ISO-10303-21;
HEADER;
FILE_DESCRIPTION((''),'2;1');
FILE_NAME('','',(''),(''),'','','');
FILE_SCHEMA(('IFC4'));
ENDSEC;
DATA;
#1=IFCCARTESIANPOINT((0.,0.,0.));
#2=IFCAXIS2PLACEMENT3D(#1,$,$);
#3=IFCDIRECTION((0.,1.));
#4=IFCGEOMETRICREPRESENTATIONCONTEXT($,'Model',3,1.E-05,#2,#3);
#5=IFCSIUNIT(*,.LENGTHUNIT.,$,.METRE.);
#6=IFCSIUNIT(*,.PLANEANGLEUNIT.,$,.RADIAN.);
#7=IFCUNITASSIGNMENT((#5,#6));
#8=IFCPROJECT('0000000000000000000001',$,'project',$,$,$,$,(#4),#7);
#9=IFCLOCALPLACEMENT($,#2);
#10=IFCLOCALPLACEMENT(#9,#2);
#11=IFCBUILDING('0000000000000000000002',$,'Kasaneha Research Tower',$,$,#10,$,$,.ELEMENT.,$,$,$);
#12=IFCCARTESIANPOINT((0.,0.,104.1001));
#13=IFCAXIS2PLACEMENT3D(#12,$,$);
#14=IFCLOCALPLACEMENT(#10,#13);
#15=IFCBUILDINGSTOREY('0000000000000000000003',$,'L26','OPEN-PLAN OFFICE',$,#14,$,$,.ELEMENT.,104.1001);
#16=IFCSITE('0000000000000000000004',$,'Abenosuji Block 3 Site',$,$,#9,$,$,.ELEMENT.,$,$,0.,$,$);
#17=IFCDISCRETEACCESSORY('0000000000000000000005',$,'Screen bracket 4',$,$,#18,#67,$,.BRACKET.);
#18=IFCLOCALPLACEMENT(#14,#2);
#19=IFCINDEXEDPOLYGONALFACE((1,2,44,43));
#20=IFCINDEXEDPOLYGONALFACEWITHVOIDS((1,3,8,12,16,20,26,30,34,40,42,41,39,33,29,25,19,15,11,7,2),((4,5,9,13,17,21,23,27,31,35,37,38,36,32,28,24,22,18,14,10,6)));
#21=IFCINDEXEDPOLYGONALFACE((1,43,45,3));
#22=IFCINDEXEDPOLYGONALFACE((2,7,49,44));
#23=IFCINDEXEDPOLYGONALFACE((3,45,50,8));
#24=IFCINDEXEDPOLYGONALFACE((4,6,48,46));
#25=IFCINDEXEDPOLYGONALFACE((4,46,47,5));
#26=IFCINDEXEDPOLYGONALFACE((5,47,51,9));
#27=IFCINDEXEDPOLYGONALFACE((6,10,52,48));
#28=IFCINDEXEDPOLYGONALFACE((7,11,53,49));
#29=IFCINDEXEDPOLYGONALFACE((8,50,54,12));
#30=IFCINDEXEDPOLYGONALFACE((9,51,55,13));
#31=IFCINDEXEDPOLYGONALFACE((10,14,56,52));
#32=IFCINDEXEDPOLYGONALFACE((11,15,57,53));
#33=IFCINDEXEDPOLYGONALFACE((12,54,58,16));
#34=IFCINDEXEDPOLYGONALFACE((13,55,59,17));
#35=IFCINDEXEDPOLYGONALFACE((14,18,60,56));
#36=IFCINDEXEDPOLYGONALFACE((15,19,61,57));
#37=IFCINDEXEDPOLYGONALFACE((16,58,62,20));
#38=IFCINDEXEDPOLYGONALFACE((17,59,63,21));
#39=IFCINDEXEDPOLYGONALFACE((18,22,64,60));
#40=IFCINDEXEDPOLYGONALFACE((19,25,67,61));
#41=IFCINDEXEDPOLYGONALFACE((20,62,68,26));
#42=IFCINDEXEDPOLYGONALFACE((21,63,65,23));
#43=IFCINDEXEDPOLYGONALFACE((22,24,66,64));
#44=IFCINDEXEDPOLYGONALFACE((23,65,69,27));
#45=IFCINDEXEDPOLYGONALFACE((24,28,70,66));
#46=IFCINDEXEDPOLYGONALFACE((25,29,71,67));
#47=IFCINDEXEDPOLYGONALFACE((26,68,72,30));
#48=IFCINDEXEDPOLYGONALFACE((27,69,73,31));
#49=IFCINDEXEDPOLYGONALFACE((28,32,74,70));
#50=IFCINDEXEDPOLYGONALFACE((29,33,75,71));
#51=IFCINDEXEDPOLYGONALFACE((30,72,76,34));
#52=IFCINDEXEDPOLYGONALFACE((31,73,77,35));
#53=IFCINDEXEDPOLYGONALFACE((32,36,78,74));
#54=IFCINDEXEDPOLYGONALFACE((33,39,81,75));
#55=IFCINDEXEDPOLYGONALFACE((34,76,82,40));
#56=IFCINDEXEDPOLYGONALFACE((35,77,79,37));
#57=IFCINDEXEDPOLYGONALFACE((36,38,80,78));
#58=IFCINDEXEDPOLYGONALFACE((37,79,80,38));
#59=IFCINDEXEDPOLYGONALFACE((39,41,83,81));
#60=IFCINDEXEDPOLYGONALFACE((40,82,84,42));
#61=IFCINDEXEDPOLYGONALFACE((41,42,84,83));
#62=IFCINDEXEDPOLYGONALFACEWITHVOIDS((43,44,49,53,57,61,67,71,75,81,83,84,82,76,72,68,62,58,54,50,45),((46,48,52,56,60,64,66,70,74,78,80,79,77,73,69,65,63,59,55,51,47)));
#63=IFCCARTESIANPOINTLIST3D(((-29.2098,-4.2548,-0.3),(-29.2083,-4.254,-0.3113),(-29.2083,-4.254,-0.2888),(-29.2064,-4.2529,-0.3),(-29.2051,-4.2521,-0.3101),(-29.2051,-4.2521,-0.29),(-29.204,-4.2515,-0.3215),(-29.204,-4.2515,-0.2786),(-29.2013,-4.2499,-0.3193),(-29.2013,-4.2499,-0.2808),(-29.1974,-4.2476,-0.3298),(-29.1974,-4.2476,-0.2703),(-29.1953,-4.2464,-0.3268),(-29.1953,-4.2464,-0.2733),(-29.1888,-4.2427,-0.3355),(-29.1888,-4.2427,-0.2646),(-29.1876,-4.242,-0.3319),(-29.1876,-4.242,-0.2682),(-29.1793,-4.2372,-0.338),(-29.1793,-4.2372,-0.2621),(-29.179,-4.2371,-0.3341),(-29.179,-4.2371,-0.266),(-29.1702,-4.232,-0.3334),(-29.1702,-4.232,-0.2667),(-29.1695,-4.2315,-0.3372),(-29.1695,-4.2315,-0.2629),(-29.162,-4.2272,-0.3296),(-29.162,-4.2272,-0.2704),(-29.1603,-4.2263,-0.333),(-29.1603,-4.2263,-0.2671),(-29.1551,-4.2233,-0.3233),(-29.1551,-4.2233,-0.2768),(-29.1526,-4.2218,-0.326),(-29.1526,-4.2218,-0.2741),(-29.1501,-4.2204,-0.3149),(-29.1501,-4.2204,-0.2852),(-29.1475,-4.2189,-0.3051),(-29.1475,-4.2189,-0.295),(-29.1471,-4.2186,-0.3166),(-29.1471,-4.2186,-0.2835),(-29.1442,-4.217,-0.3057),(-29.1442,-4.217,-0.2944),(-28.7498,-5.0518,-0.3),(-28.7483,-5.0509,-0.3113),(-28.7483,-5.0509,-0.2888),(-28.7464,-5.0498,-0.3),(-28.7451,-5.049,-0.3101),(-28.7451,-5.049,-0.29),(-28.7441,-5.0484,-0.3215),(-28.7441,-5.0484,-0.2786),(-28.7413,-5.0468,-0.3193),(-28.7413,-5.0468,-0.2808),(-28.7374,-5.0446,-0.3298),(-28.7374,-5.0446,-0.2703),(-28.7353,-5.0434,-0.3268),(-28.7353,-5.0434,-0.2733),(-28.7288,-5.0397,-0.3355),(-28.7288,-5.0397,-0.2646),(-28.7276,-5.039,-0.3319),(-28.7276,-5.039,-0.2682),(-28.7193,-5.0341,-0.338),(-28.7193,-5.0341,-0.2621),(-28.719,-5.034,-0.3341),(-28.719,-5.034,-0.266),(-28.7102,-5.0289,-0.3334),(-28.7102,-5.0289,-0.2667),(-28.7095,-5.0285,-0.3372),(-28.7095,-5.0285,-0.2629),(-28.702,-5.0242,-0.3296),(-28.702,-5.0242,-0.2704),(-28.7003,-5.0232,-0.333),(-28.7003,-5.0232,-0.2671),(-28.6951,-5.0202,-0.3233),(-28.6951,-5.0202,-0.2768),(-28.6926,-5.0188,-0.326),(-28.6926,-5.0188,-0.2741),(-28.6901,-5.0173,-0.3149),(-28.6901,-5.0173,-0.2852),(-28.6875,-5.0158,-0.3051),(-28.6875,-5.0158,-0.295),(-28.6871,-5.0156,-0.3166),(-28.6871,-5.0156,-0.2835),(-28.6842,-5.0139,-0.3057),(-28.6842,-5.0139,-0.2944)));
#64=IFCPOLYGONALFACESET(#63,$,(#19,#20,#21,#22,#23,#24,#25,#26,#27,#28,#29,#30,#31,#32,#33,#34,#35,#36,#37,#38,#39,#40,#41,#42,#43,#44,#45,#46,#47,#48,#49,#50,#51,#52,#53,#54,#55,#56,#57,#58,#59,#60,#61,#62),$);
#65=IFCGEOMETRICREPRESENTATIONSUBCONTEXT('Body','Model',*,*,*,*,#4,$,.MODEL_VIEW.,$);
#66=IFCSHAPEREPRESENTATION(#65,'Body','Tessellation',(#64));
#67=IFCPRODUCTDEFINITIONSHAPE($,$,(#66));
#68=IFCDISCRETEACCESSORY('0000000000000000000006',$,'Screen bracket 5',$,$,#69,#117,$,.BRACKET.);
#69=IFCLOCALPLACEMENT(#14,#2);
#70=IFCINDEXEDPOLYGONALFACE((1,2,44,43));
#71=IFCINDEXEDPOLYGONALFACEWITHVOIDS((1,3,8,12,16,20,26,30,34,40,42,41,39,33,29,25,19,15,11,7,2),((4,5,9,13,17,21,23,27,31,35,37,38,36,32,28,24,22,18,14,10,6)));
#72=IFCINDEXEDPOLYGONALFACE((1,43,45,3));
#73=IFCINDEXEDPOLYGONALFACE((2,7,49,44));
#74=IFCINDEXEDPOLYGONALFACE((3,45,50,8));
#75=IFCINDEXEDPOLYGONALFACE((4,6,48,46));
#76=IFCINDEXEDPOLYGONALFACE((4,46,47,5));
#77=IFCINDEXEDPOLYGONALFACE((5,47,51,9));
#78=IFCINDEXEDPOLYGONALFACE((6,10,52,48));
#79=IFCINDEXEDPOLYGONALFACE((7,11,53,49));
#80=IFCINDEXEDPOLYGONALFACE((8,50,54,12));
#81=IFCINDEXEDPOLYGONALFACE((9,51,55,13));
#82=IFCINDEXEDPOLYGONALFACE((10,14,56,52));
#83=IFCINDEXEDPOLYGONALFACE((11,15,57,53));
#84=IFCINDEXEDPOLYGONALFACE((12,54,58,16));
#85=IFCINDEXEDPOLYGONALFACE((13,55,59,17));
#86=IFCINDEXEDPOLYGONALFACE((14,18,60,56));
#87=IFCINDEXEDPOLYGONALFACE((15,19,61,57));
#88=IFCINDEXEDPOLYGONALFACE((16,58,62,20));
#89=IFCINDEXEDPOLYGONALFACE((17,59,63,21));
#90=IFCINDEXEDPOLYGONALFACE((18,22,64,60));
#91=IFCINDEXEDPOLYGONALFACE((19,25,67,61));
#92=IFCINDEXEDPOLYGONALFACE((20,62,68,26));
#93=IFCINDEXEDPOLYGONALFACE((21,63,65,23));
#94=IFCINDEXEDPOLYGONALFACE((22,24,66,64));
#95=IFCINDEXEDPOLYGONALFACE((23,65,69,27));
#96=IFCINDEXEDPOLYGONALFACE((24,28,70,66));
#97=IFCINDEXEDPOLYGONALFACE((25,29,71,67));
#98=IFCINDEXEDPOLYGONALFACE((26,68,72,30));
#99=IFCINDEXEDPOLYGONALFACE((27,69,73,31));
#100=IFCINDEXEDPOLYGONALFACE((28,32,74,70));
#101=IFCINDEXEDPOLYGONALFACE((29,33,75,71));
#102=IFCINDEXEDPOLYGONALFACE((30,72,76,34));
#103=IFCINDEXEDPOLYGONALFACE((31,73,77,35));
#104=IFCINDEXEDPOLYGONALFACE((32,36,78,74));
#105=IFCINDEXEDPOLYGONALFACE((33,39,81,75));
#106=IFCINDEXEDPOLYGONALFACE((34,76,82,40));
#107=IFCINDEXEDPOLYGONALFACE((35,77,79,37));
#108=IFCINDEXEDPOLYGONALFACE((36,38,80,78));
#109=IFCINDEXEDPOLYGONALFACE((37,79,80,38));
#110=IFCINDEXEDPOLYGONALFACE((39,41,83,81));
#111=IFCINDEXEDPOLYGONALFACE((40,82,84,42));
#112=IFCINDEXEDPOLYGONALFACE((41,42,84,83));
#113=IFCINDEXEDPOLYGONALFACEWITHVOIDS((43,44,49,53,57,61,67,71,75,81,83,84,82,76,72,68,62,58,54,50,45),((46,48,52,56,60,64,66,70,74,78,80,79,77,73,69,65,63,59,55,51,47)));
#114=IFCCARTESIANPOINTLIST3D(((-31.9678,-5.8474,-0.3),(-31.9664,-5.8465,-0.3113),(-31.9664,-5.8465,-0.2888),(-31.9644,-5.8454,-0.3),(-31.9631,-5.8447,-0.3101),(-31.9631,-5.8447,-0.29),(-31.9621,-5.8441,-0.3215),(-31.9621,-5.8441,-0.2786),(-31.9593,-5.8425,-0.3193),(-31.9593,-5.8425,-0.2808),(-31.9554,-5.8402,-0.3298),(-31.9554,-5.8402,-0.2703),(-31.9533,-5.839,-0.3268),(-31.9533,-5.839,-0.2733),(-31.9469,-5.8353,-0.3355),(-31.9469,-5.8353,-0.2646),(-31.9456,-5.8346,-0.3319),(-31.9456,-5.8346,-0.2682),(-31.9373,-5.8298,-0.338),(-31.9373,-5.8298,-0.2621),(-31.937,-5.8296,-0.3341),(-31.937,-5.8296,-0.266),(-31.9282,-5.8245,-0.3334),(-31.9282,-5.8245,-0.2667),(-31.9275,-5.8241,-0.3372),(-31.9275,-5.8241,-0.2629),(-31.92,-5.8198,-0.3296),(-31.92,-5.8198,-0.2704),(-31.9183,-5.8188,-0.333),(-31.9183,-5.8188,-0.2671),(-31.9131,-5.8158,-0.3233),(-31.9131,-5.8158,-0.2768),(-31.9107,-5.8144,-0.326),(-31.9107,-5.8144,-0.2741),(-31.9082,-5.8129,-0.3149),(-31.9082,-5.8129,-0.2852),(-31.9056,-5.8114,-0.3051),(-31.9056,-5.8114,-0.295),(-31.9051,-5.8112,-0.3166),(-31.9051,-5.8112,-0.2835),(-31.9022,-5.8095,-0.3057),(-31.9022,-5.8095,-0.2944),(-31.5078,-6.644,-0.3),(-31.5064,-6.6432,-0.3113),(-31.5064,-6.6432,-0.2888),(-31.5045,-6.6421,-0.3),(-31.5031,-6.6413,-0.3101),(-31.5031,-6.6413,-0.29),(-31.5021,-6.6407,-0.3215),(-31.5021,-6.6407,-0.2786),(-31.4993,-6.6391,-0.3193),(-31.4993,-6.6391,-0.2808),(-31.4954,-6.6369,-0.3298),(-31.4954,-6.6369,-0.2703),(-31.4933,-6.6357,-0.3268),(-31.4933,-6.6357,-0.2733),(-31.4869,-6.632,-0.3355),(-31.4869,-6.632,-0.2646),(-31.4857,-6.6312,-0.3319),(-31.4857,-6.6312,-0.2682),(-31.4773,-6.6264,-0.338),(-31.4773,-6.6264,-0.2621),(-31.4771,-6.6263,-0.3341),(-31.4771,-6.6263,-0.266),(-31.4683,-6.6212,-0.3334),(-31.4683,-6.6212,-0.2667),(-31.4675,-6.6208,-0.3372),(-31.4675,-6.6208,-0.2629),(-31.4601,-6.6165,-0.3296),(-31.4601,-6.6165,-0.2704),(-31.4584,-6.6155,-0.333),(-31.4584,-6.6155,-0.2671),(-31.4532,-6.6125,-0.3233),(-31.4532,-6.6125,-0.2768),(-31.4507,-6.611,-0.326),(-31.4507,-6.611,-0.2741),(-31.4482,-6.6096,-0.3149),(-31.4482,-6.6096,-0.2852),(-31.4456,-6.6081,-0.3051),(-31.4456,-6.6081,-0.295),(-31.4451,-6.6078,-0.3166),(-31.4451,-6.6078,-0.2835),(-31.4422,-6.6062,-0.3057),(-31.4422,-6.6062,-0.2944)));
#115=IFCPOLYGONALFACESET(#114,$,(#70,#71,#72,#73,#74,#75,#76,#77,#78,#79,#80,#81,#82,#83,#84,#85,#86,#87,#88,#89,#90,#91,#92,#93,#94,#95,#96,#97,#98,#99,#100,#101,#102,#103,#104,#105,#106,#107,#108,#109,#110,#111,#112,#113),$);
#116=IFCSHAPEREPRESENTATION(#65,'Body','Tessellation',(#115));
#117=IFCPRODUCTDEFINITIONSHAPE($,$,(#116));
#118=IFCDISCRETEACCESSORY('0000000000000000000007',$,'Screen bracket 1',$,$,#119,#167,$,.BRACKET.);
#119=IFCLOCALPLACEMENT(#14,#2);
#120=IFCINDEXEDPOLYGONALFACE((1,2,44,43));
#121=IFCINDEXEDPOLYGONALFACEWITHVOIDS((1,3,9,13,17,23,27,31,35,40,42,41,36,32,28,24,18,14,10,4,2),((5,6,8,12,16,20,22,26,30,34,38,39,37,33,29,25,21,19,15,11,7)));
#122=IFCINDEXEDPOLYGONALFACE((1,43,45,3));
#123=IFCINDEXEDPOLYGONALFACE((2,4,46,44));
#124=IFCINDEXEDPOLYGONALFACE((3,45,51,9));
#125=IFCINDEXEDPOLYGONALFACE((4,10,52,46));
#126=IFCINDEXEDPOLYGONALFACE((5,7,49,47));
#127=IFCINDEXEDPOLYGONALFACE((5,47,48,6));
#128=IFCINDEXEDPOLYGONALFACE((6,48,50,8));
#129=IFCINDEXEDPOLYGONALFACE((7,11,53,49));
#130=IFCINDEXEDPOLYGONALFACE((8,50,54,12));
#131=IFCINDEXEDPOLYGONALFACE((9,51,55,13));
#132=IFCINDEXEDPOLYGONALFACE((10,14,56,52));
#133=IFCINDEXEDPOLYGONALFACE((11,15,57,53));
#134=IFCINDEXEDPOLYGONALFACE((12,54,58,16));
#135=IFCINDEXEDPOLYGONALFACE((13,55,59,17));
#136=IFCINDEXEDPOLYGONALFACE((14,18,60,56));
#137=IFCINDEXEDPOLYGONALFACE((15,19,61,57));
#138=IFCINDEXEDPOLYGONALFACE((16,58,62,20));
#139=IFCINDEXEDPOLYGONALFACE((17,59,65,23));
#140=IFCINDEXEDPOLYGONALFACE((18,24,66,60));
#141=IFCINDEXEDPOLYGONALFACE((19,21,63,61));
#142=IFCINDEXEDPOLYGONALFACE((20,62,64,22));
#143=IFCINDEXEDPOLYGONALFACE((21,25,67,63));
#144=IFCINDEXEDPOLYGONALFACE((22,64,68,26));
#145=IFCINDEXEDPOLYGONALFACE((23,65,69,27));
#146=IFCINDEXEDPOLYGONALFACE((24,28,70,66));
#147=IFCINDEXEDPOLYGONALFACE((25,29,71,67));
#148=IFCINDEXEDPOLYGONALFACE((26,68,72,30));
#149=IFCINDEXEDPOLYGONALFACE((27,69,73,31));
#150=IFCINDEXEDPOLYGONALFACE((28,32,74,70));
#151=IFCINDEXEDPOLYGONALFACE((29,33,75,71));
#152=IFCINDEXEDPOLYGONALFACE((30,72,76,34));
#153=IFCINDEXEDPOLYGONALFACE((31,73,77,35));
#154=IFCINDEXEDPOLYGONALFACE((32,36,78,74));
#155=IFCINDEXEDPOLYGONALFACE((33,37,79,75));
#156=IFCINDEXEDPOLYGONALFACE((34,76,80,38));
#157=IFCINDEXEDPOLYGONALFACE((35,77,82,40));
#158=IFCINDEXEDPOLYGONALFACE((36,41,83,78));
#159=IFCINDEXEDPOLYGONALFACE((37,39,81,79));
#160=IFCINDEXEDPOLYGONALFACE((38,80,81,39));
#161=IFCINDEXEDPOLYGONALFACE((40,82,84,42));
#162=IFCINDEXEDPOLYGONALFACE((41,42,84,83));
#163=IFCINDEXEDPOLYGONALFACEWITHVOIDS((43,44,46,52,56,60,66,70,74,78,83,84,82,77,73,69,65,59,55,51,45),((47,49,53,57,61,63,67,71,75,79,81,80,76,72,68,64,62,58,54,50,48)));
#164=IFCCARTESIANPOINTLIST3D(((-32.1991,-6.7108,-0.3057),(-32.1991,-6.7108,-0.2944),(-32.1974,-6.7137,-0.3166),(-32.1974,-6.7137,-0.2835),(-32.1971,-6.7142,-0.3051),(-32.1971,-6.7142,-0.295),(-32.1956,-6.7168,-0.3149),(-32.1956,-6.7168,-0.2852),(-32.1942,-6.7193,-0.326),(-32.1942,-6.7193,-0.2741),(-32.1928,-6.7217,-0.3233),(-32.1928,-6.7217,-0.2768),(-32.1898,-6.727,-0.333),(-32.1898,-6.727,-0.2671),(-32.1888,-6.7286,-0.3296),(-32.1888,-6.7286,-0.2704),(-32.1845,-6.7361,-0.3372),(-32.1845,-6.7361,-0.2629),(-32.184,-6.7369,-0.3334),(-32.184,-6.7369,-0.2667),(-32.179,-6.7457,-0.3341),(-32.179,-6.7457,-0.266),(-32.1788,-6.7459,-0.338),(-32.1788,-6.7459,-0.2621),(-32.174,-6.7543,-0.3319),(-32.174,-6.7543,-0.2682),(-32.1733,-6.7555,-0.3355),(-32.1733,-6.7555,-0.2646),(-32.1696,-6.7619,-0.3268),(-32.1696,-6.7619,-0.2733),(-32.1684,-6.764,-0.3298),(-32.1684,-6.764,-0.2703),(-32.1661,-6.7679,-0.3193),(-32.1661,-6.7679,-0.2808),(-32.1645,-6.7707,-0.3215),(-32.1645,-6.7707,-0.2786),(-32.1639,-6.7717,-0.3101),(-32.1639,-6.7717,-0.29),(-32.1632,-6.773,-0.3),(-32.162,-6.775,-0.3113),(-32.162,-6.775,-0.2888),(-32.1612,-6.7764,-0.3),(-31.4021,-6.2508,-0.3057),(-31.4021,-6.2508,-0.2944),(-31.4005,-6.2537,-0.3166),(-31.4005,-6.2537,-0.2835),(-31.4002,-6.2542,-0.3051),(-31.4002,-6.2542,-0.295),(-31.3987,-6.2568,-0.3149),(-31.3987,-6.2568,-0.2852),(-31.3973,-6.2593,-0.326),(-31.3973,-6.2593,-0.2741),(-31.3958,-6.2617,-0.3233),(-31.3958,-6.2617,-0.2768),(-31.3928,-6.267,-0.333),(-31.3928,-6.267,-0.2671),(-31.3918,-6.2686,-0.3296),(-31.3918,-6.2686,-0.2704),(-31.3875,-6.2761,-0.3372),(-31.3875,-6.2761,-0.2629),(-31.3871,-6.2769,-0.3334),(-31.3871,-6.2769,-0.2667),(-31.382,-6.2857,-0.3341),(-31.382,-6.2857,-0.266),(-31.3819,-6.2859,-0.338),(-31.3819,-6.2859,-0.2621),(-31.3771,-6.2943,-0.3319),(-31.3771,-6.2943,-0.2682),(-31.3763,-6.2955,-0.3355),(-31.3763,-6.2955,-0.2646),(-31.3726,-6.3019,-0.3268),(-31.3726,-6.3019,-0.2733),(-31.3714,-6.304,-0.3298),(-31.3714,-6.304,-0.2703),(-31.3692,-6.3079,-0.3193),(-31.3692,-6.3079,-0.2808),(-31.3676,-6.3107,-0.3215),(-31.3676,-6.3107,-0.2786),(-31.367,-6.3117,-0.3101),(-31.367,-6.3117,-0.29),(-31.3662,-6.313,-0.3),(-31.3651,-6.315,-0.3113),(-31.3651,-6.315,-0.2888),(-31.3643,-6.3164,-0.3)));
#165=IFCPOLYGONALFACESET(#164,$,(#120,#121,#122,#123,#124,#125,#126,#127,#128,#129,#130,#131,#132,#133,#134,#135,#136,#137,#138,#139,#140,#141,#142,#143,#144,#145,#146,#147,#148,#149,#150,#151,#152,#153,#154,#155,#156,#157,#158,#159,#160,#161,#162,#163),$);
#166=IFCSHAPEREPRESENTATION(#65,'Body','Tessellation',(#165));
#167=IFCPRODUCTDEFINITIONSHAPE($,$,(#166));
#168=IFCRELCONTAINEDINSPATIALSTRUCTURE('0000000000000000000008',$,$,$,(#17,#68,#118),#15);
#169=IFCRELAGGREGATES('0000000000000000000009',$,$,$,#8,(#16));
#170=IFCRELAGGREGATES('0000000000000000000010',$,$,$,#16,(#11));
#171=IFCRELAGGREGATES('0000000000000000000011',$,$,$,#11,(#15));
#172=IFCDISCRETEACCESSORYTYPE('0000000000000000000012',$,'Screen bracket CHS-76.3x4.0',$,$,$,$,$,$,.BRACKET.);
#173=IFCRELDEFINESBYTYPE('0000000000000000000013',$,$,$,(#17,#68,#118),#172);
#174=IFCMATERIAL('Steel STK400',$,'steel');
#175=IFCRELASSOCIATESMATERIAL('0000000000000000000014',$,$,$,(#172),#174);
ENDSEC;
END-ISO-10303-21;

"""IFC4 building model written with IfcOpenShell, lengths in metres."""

from ifc_helpers import new_model, si_unit, direction, frame, origin, origin_2d, place, context, subcontext, project, spatial, hollow_circle, extrude, material, material_profile, profile_set, type_object, element, save


model = new_model("IFC4")

# Units and contexts
model_context = context("Model", 3, precision=1e-05, world=origin(), true_north=direction((0.0, 1.0)))
body_context = subcontext(model_context, "Body", "Model", "MODEL_VIEW")
ifc_project = project(units=[si_unit("LENGTHUNIT", "METRE"), si_unit("PLANEANGLEUNIT", "RADIAN")], contexts=[model_context])

# Site, building, storey
site_placement = place(None, origin())
site = spatial("IfcSite", under=ifc_project, at=site_placement, Name="Abenosuji Block 3 Site", CompositionType="ELEMENT", RefElevation=0.0)
building_placement = place(site_placement, origin())
building = spatial("IfcBuilding", under=site, at=building_placement, Name="Kasaneha Research Tower", CompositionType="ELEMENT")
storey_placement = place(building_placement, frame((0.0, 0.0, 104.1001)))
storey = spatial("IfcBuildingStorey", under=building, at=storey_placement, Name="L26", Description="OPEN-PLAN OFFICE", CompositionType="ELEMENT", Elevation=104.1001)

# Discrete accessories
ifc_material_1 = material(Name="Steel STK400", Category="steel")
ifc_material_profile_1 = material_profile(ifc_material_1, hollow_circle(Radius=0.0381, WallThickness=0.0039, at=origin_2d()), Name="CHS-76.3x4.0")
ifc_profile_set_1 = profile_set([ifc_material_profile_1], Name="Steel STK400")
discrete_accessory_type = type_object("IfcDiscreteAccessoryType", Name="Screen bracket CHS-76.3x4.0", PredefinedType="BRACKET", material=ifc_profile_set_1)
discrete_accessory_1_placement = place(storey_placement, frame((-28.7168, -5.0327, -0.3), z_axis=(-0.499906, 0.86608, 0.0), x_axis=(-0.86608, -0.499906, 0.0)))
element("IfcDiscreteAccessory", 1, at=discrete_accessory_1_placement, inside=storey, type_object=discrete_accessory_type, Name="Screen bracket 4", PredefinedType="BRACKET", context=body_context, shape_type="SweptSolid", body=[
    extrude(hollow_circle(Radius=0.0381, WallThickness=0.0039, at=origin_2d()), origin(), (0.0, 0.0, 1.0), 0.9202),
])
discrete_accessory_2_placement = place(storey_placement, frame((-31.4749, -6.625, -0.3), z_axis=(-0.500021, 0.866013, 0.0), x_axis=(-0.866013, -0.500021, 0.0)))
element("IfcDiscreteAccessory", 2, at=discrete_accessory_2_placement, inside=storey, type_object=discrete_accessory_type, Name="Screen bracket 5", PredefinedType="BRACKET", context=body_context, shape_type="SweptSolid", body=[
    extrude(hollow_circle(Radius=0.0381, WallThickness=0.0039, at=origin_2d()), origin(), (0.0, 0.0, 1.0), 0.9199),
])
discrete_accessory_3_placement = place(storey_placement, frame((-31.3833, -6.2834, -0.3), z_axis=(-0.86608, -0.499906, 0.0), x_axis=(0.499906, -0.86608, 0.0)))
element("IfcDiscreteAccessory", 3, at=discrete_accessory_3_placement, inside=storey, type_object=discrete_accessory_type, Name="Screen bracket 1", PredefinedType="BRACKET", context=body_context, shape_type="SweptSolid", body=[
    extrude(hollow_circle(Radius=0.0381, WallThickness=0.0039, at=origin_2d()), origin(), (0.0, 0.0, 1.0), 0.9202),
])

save(model, "model.ifc")
